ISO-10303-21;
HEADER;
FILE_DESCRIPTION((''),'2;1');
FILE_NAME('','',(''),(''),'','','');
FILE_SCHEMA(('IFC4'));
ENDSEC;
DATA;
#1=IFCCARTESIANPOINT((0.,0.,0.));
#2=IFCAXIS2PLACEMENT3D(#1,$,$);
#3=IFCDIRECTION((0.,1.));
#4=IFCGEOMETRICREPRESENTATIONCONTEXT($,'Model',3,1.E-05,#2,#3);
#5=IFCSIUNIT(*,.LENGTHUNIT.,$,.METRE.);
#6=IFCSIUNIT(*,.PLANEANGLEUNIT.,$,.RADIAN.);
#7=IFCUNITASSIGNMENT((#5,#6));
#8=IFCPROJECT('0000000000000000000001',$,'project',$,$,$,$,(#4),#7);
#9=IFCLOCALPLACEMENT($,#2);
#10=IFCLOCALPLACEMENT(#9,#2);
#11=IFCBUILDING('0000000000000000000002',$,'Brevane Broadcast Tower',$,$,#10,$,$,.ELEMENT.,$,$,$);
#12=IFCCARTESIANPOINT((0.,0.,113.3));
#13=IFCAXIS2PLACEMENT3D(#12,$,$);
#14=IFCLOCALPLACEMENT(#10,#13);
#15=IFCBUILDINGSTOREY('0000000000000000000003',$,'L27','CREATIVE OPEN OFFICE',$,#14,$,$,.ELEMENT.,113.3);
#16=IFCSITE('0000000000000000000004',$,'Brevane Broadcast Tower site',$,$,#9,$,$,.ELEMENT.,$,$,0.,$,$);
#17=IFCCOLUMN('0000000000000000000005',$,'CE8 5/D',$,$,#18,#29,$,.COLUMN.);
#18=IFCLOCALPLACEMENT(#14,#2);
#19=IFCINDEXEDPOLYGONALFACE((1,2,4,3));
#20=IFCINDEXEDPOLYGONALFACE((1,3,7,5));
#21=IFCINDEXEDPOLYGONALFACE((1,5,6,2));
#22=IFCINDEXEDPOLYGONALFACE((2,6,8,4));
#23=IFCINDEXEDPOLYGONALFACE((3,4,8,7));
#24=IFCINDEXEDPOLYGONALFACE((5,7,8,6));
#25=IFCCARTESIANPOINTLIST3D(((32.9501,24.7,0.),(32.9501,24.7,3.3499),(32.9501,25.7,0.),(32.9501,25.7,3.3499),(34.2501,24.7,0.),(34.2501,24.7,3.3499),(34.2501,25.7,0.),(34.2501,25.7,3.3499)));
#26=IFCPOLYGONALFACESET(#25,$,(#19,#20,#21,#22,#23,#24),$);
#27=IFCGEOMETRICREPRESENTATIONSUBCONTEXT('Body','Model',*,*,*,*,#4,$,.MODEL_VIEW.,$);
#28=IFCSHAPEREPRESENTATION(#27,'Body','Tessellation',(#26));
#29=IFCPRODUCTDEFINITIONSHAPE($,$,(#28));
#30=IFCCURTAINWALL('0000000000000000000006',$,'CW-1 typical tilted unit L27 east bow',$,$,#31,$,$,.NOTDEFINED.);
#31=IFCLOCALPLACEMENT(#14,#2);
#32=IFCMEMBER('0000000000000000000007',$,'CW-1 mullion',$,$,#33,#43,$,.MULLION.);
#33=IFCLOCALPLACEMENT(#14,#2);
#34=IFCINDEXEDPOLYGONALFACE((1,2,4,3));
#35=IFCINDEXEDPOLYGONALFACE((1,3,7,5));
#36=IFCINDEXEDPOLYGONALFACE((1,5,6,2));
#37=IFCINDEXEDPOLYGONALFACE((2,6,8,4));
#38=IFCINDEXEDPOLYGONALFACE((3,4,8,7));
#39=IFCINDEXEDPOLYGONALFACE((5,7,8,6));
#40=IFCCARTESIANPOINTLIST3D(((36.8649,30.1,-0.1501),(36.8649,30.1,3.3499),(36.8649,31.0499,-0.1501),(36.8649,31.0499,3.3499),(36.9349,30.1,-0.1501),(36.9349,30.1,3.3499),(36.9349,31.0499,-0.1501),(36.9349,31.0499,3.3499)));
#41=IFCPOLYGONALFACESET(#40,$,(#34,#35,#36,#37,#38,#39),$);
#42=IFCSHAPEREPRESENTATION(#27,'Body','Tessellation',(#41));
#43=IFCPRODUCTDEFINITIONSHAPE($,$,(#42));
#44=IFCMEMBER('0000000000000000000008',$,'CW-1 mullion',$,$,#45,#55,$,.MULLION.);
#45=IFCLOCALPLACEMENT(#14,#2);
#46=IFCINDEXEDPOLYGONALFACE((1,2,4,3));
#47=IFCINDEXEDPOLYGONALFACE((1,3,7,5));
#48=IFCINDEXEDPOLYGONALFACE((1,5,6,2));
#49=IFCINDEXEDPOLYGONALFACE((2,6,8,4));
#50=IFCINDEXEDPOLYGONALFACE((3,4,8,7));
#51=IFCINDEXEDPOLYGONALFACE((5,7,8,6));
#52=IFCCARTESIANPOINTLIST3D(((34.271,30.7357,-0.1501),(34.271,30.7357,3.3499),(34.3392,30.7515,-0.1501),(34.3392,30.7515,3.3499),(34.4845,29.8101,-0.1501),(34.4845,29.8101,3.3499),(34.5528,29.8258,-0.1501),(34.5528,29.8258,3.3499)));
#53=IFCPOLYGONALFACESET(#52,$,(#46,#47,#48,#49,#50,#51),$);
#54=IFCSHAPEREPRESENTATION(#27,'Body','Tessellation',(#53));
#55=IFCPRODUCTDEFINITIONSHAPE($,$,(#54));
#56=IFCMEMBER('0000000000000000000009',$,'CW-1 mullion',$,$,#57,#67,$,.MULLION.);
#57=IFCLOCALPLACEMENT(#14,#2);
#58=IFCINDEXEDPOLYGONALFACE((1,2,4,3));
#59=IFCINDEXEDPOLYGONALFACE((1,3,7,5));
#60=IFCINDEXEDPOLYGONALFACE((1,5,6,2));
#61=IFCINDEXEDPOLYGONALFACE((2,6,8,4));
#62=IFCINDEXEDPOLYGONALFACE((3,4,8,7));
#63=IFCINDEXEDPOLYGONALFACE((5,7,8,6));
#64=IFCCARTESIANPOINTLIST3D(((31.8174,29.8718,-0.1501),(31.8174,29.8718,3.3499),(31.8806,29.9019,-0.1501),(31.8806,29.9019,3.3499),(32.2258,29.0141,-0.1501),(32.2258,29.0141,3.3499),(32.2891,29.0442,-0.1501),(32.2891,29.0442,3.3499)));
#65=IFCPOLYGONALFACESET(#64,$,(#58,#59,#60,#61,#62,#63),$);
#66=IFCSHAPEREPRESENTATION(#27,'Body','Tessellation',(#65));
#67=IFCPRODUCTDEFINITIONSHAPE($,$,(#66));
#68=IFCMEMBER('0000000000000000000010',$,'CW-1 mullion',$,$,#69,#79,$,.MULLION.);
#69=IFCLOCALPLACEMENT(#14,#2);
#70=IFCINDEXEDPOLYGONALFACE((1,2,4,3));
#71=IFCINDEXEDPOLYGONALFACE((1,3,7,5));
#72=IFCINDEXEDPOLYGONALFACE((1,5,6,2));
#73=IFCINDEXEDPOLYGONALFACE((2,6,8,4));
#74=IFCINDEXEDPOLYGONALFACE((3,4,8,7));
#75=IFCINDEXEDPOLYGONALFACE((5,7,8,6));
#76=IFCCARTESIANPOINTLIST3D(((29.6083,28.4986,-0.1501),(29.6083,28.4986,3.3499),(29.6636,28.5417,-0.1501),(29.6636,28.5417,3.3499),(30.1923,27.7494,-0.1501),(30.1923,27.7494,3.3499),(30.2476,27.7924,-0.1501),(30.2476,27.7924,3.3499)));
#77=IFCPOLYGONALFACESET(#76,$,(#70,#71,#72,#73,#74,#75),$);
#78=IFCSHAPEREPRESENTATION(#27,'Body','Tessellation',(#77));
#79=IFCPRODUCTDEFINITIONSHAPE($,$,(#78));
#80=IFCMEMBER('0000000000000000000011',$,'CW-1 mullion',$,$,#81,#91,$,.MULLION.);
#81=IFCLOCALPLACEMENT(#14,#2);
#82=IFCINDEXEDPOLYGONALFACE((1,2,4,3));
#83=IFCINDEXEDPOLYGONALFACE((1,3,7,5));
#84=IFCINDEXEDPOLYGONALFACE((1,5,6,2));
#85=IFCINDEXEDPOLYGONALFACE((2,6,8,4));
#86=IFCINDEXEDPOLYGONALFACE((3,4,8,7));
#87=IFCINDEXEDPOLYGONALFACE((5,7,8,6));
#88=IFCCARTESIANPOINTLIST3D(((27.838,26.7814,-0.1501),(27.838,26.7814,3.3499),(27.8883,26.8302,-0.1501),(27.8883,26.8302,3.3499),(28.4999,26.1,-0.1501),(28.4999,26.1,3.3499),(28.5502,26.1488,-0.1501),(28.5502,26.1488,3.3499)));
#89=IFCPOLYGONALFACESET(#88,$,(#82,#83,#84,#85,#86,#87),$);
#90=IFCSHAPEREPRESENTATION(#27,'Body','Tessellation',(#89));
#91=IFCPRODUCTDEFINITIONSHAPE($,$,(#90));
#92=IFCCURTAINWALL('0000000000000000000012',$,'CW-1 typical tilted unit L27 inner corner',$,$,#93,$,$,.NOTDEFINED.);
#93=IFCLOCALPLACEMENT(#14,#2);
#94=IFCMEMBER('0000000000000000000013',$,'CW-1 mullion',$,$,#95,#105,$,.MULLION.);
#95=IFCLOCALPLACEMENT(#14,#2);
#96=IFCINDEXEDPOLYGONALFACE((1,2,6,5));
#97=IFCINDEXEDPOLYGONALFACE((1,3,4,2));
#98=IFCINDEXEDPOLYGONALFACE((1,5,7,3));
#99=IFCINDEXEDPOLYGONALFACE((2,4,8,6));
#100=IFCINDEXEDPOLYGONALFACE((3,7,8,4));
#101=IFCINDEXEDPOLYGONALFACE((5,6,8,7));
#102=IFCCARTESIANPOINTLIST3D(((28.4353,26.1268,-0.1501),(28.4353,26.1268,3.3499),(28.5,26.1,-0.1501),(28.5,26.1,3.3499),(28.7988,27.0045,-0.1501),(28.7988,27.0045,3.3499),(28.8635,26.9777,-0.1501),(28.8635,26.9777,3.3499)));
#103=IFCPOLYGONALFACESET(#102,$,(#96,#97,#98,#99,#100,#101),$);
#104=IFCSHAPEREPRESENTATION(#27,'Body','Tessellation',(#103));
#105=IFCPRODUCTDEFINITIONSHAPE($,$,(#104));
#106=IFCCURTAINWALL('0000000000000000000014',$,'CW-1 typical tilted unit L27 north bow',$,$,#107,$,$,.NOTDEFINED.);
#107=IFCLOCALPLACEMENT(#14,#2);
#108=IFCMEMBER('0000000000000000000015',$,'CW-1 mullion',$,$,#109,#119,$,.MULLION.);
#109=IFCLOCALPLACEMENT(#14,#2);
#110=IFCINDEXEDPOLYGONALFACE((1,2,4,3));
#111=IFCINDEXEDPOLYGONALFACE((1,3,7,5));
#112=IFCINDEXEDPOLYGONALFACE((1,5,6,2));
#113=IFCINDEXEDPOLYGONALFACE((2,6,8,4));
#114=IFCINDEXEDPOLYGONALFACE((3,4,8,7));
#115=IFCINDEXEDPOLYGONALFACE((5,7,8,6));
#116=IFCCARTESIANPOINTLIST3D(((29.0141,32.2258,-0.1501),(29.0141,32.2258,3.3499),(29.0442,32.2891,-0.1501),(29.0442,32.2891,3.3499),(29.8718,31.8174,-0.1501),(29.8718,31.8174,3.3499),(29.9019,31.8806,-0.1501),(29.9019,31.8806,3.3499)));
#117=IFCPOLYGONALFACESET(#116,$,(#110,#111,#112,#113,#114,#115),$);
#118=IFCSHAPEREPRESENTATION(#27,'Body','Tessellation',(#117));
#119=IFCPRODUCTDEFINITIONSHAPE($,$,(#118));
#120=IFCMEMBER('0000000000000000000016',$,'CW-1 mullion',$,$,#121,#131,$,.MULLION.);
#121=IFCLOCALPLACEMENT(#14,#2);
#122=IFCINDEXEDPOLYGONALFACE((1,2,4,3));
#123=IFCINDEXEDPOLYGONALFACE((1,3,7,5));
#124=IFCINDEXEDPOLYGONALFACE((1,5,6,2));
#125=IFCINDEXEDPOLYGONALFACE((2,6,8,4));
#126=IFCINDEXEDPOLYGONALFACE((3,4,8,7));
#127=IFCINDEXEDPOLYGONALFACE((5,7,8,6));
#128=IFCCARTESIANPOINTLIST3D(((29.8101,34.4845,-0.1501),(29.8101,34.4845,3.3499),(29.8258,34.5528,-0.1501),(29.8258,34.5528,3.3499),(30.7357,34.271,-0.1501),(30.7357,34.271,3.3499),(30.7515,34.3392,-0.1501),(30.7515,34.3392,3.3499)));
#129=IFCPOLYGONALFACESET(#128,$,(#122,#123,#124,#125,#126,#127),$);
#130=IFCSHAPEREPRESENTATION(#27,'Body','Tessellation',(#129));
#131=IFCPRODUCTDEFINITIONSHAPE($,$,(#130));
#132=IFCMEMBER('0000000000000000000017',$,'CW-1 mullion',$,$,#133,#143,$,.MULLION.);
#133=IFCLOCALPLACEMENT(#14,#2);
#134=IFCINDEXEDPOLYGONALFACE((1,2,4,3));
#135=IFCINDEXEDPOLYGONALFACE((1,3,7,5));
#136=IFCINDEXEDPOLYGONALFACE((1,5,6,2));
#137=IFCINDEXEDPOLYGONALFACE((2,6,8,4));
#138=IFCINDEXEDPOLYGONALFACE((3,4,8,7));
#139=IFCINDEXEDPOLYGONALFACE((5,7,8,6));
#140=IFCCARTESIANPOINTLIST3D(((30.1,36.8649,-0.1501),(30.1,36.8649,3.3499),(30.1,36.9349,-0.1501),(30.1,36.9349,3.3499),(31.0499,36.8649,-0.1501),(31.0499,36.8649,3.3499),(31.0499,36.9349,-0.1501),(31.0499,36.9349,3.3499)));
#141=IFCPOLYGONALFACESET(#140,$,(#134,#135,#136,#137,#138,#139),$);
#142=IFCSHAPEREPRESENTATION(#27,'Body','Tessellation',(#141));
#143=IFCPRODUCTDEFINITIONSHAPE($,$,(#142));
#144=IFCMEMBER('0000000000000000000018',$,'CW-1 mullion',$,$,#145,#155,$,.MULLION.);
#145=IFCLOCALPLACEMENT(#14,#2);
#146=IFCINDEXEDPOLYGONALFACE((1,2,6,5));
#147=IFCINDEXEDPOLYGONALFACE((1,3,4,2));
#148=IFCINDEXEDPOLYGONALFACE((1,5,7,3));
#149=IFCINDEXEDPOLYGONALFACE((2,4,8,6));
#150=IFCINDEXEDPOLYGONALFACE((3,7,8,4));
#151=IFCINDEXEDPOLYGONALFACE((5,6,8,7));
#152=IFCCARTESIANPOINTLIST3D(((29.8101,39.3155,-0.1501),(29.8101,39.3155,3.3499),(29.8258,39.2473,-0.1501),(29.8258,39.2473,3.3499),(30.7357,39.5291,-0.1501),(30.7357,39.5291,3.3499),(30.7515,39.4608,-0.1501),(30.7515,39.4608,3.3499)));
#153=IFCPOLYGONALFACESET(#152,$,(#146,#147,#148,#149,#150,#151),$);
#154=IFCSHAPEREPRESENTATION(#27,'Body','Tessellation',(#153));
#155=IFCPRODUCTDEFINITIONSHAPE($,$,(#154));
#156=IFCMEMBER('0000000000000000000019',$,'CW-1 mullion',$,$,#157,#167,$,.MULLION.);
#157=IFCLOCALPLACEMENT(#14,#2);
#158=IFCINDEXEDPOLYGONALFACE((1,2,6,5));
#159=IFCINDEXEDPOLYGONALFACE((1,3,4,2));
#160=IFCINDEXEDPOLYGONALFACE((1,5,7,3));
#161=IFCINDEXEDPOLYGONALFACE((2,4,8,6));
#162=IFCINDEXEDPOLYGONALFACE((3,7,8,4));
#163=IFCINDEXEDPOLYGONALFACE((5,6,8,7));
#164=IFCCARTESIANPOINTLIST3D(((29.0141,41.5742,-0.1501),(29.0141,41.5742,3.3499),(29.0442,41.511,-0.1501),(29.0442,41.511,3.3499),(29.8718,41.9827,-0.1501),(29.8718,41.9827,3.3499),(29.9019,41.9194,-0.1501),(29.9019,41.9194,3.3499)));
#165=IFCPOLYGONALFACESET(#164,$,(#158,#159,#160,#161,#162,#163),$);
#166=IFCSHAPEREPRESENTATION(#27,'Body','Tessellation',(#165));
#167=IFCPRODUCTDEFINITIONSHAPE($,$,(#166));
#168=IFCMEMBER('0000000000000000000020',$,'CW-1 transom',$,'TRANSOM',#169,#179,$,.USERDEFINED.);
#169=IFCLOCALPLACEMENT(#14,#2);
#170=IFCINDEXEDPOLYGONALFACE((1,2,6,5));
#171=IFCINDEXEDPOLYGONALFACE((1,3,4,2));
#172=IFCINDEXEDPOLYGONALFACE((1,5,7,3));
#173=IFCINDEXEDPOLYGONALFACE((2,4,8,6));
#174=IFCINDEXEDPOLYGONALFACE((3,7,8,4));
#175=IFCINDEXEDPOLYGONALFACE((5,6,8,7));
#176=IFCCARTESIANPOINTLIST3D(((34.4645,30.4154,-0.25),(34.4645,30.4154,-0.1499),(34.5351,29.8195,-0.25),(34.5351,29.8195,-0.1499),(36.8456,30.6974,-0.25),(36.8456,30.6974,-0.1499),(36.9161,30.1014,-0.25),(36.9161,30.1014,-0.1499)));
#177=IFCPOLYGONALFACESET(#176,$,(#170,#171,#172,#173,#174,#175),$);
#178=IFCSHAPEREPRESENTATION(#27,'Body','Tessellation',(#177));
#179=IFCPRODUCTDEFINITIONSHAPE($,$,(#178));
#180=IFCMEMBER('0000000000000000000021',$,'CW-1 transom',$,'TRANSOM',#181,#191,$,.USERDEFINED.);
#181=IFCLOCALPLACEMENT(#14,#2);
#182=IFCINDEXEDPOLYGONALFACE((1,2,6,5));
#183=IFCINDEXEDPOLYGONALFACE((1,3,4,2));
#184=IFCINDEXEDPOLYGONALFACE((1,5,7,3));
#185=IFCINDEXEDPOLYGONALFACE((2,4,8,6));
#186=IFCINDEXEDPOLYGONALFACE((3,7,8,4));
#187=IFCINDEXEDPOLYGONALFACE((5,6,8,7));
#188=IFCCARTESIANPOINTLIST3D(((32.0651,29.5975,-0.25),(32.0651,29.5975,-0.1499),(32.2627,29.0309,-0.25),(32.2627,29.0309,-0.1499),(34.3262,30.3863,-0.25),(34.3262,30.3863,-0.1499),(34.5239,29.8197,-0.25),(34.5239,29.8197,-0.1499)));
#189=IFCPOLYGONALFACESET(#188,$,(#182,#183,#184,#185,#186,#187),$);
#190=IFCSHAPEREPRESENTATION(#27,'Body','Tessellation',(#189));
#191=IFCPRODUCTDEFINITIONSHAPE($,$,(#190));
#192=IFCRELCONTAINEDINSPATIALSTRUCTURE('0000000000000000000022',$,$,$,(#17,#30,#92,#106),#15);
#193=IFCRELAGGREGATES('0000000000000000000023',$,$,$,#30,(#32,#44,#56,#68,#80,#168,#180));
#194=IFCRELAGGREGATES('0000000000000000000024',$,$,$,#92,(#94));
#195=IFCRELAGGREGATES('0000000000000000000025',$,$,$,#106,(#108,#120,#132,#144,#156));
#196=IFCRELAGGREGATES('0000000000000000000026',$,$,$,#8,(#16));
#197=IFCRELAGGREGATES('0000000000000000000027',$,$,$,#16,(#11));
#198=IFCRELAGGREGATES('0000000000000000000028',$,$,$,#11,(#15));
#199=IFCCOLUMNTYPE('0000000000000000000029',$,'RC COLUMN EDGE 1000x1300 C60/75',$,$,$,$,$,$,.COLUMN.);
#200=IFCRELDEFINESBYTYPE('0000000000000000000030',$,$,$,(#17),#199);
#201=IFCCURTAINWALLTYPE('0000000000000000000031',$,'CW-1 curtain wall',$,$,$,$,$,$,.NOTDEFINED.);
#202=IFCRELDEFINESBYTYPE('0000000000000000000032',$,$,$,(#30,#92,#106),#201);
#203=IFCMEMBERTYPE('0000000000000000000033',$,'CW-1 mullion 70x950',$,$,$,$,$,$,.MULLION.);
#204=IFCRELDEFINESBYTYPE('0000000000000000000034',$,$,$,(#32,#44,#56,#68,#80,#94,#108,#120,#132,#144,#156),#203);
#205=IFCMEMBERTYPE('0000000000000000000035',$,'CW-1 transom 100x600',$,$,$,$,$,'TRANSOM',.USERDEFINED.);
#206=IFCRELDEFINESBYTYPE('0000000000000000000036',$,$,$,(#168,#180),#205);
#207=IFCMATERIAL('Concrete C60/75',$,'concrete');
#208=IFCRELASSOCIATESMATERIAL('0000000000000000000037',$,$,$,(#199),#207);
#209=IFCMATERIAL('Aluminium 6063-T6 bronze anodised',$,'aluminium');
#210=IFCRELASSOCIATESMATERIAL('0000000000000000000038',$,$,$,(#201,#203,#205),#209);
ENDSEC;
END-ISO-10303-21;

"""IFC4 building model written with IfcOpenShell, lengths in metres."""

from ifc_helpers import new_model, si_unit, direction, frame, origin, origin_2d, place, context, subcontext, project, spatial, rectangle, extrude, material, material_profile, profile_set, type_object, element, aggregate, save


model = new_model("IFC4")

# Units and contexts
model_context = context("Model", 3, precision=1e-05, world=origin(), true_north=direction((0.0, 1.0)))
body_context = subcontext(model_context, "Body", "Model", "MODEL_VIEW")
ifc_project = project(units=[si_unit("LENGTHUNIT", "METRE"), si_unit("PLANEANGLEUNIT", "RADIAN")], contexts=[model_context])

# Site, building, storey
site_placement = place(None, origin())
site = spatial("IfcSite", under=ifc_project, at=site_placement, Name="Brevane Broadcast Tower site", CompositionType="ELEMENT", RefElevation=0.0)
building_placement = place(site_placement, origin())
building = spatial("IfcBuilding", under=site, at=building_placement, Name="Brevane Broadcast Tower", CompositionType="ELEMENT")
storey_placement = place(building_placement, frame((0.0, 0.0, 113.3)))
storey = spatial("IfcBuildingStorey", under=building, at=storey_placement, Name="L27", Description="CREATIVE OPEN OFFICE", CompositionType="ELEMENT", Elevation=113.3)

# Column
ifc_material_1 = material(Name="Concrete C60/75", Category="concrete")
ifc_material_profile_1 = material_profile(ifc_material_1, rectangle(XDim=1.0, YDim=1.3, at=origin_2d()), Name="RC 1000x1300")
ifc_profile_set_1 = profile_set([ifc_material_profile_1], Name="Concrete C60/75")
column_type = type_object("IfcColumnType", Name="RC COLUMN EDGE 1000x1300 C60/75", PredefinedType="COLUMN", material=ifc_profile_set_1)
column_placement = place(storey_placement, frame((33.6001, 25.2, 0.0), z_axis=(0.0, 0.0, 1.0), x_axis=(0.0, 1.0, 0.0)))
element("IfcColumn", 1, at=column_placement, inside=storey, type_object=column_type, Name="CE8 5/D", PredefinedType="COLUMN", context=body_context, shape_type="SweptSolid", body=[
    extrude(rectangle(XDim=1.0, YDim=1.3, at=origin_2d()), origin(), (0.0, 0.0, 1.0), 3.3499),
])

# Curtain wall, members
ifc_material_2 = material(Name="Aluminium 6063-T6 bronze anodised", Category="aluminium")
curtain_wall_type = type_object("IfcCurtainWallType", Name="CW-1 curtain wall", PredefinedType="NOTDEFINED", material=ifc_material_2)
curtain_wall_1_placement = place(storey_placement, origin())
curtain_wall_1 = element("IfcCurtainWall", 2, at=curtain_wall_1_placement, inside=storey, type_object=curtain_wall_type, Name="CW-1 typical tilted unit L27 east bow", PredefinedType="NOTDEFINED")
ifc_material_profile_2 = material_profile(ifc_material_2, rectangle(XDim=0.95, YDim=0.0701, at=origin_2d()), Name="RECT 70x950")
ifc_profile_set_2 = profile_set([ifc_material_profile_2], Name="Aluminium 6063-T6 bronze anodised")
member_type_1 = type_object("IfcMemberType", Name="CW-1 mullion 70x950", PredefinedType="MULLION", material=ifc_profile_set_2)
member_1_placement = place(storey_placement, frame((36.8999, 30.575, -0.1501), z_axis=(0.0, 0.0, 1.0), x_axis=(0.0, -1.0, 0.0)))
member_1 = element("IfcMember", 3, at=member_1_placement, type_object=member_type_1, Name="CW-1 mullion", PredefinedType="MULLION", context=body_context, shape_type="SweptSolid", body=[
    extrude(rectangle(XDim=0.95, YDim=0.0701, at=origin_2d()), origin(), (0.0, 0.0, 1.0), 3.5),
])
member_2_placement = place(storey_placement, frame((34.4119, 30.2808, -0.1501), z_axis=(0.0, 0.0, 1.0), x_axis=(0.224806, -0.974403, 0.0)))
member_2 = element("IfcMember", 4, at=member_2_placement, type_object=member_type_1, Name="CW-1 mullion", PredefinedType="MULLION", context=body_context, shape_type="SweptSolid", body=[
    extrude(rectangle(XDim=0.95, YDim=0.0701, at=origin_2d()), origin(), (0.0, 0.0, 1.0), 3.5),
])
member_3_placement = place(storey_placement, frame((32.0532, 29.458, -0.1501), z_axis=(0.0, 0.0, 1.0), x_axis=(0.429934, -0.902861, 0.0)))
member_3 = element("IfcMember", 5, at=member_3_placement, type_object=member_type_1, Name="CW-1 mullion", PredefinedType="MULLION", context=body_context, shape_type="SweptSolid", body=[
    extrude(rectangle(XDim=0.95, YDim=0.0701, at=origin_2d()), origin(), (0.0, 0.0, 1.0), 3.5),
])
member_4_placement = place(storey_placement, frame((29.928, 28.1455, -0.1501), z_axis=(0.0, 0.0, 1.0), x_axis=(0.61477, -0.788707, 0.0)))
member_4 = element("IfcMember", 6, at=member_4_placement, type_object=member_type_1, Name="CW-1 mullion", PredefinedType="MULLION", context=body_context, shape_type="SweptSolid", body=[
    extrude(rectangle(XDim=0.95, YDim=0.0701, at=origin_2d()), origin(), (0.0, 0.0, 1.0), 3.5),
])
member_5_placement = place(storey_placement, frame((28.1941, 26.4651, -0.1501), z_axis=(0.0, 0.0, 1.0), x_axis=(0.696812, -0.717254, 0.0)))
member_5 = element("IfcMember", 7, at=member_5_placement, type_object=member_type_1, Name="CW-1 mullion", PredefinedType="MULLION", context=body_context, shape_type="SweptSolid", body=[
    extrude(rectangle(XDim=0.95, YDim=0.0701, at=origin_2d()), origin(), (0.0, 0.0, 1.0), 3.5),
])

# Curtain wall, member
curtain_wall_2_placement = place(storey_placement, origin())
curtain_wall_2 = element("IfcCurtainWall", 8, at=curtain_wall_2_placement, inside=storey, type_object=curtain_wall_type, Name="CW-1 typical tilted unit L27 inner corner", PredefinedType="NOTDEFINED")
member_6_placement = place(storey_placement, frame((28.6494, 26.5522, -0.1501), z_axis=(0.0, 0.0, 1.0), x_axis=(-0.382684, -0.923879, 0.0)))
member_6 = element("IfcMember", 9, at=member_6_placement, type_object=member_type_1, Name="CW-1 mullion", PredefinedType="MULLION", context=body_context, shape_type="SweptSolid", body=[
    extrude(rectangle(XDim=0.95, YDim=0.0701, at=origin_2d()), origin(), (0.0, 0.0, 1.0), 3.5),
])

# Curtain wall, members
curtain_wall_3_placement = place(storey_placement, origin())
curtain_wall_3 = element("IfcCurtainWall", 10, at=curtain_wall_3_placement, inside=storey, type_object=curtain_wall_type, Name="CW-1 typical tilted unit L27 north bow", PredefinedType="NOTDEFINED")
member_7_placement = place(storey_placement, frame((29.458, 32.0532, -0.1501), z_axis=(0.0, 0.0, 1.0), x_axis=(-0.902861, 0.429934, 0.0)))
member_7 = element("IfcMember", 11, at=member_7_placement, type_object=member_type_1, Name="CW-1 mullion", PredefinedType="MULLION", context=body_context, shape_type="SweptSolid", body=[
    extrude(rectangle(XDim=0.95, YDim=0.0701, at=origin_2d()), origin(), (0.0, 0.0, 1.0), 3.5),
])
member_8_placement = place(storey_placement, frame((30.2808, 34.4119, -0.1501), z_axis=(0.0, 0.0, 1.0), x_axis=(-0.974403, 0.224806, 0.0)))
member_8 = element("IfcMember", 12, at=member_8_placement, type_object=member_type_1, Name="CW-1 mullion", PredefinedType="MULLION", context=body_context, shape_type="SweptSolid", body=[
    extrude(rectangle(XDim=0.95, YDim=0.0701, at=origin_2d()), origin(), (0.0, 0.0, 1.0), 3.5),
])
member_9_placement = place(storey_placement, frame((30.575, 36.8999, -0.1501), z_axis=(0.0, 0.0, 1.0), x_axis=(-1.0, 0.0, 0.0)))
member_9 = element("IfcMember", 13, at=member_9_placement, type_object=member_type_1, Name="CW-1 mullion", PredefinedType="MULLION", context=body_context, shape_type="SweptSolid", body=[
    extrude(rectangle(XDim=0.95, YDim=0.0701, at=origin_2d()), origin(), (0.0, 0.0, 1.0), 3.5),
])
member_10_placement = place(storey_placement, frame((30.2808, 39.3882, -0.1501), z_axis=(0.0, 0.0, 1.0), x_axis=(-0.974403, -0.224806, 0.0)))
member_10 = element("IfcMember", 14, at=member_10_placement, type_object=member_type_1, Name="CW-1 mullion", PredefinedType="MULLION", context=body_context, shape_type="SweptSolid", body=[
    extrude(rectangle(XDim=0.95, YDim=0.0701, at=origin_2d()), origin(), (0.0, 0.0, 1.0), 3.5),
])
member_11_placement = place(storey_placement, frame((29.458, 41.7468, -0.1501), z_axis=(0.0, 0.0, 1.0), x_axis=(-0.902861, -0.429934, 0.0)))
member_11 = element("IfcMember", 15, at=member_11_placement, type_object=member_type_1, Name="CW-1 mullion", PredefinedType="MULLION", context=body_context, shape_type="SweptSolid", body=[
    extrude(rectangle(XDim=0.95, YDim=0.0701, at=origin_2d()), origin(), (0.0, 0.0, 1.0), 3.5),
])

# Members
ifc_material_profile_3 = material_profile(ifc_material_2, rectangle(XDim=0.6001, YDim=0.1001, at=origin_2d()), Name="RECT 100x600")
ifc_profile_set_3 = profile_set([ifc_material_profile_3], Name="Aluminium 6063-T6 bronze anodised")
member_type_2 = type_object("IfcMemberType", Name="CW-1 transom 100x600", ElementType="TRANSOM", PredefinedType="USERDEFINED", material=ifc_profile_set_3)
member_12_placement = place(storey_placement, frame((36.8809, 30.3994, -0.2), z_axis=(-0.993061, -0.117603, 0.0), x_axis=(0.117603, -0.993061, 0.0)))
member_12 = element("IfcMember", 16, at=member_12_placement, type_object=member_type_2, Name="CW-1 transom", ObjectType="TRANSOM", PredefinedType="USERDEFINED", context=body_context, shape_type="SweptSolid", body=[
    extrude(rectangle(XDim=0.6001, YDim=0.1001, at=origin_2d()), origin(), (0.0, 0.0, 1.0), 2.3977),
])
member_13_placement = place(storey_placement, frame((34.425, 30.103, -0.2), z_axis=(-0.944198, -0.329378, 0.0), x_axis=(0.329378, -0.944198, 0.0)))
member_13 = element("IfcMember", 17, at=member_13_placement, type_object=member_type_2, Name="CW-1 transom", ObjectType="TRANSOM", PredefinedType="USERDEFINED", context=body_context, shape_type="SweptSolid", body=[
    extrude(rectangle(XDim=0.6001, YDim=0.1001, at=origin_2d()), origin(), (0.0, 0.0, 1.0), 2.3948),
])
aggregate(curtain_wall_1, [member_1, member_2, member_3, member_4, member_5, member_12, member_13])
aggregate(curtain_wall_2, [member_6])
aggregate(curtain_wall_3, [member_7, member_8, member_9, member_10, member_11])

save(model, "model.ifc")
